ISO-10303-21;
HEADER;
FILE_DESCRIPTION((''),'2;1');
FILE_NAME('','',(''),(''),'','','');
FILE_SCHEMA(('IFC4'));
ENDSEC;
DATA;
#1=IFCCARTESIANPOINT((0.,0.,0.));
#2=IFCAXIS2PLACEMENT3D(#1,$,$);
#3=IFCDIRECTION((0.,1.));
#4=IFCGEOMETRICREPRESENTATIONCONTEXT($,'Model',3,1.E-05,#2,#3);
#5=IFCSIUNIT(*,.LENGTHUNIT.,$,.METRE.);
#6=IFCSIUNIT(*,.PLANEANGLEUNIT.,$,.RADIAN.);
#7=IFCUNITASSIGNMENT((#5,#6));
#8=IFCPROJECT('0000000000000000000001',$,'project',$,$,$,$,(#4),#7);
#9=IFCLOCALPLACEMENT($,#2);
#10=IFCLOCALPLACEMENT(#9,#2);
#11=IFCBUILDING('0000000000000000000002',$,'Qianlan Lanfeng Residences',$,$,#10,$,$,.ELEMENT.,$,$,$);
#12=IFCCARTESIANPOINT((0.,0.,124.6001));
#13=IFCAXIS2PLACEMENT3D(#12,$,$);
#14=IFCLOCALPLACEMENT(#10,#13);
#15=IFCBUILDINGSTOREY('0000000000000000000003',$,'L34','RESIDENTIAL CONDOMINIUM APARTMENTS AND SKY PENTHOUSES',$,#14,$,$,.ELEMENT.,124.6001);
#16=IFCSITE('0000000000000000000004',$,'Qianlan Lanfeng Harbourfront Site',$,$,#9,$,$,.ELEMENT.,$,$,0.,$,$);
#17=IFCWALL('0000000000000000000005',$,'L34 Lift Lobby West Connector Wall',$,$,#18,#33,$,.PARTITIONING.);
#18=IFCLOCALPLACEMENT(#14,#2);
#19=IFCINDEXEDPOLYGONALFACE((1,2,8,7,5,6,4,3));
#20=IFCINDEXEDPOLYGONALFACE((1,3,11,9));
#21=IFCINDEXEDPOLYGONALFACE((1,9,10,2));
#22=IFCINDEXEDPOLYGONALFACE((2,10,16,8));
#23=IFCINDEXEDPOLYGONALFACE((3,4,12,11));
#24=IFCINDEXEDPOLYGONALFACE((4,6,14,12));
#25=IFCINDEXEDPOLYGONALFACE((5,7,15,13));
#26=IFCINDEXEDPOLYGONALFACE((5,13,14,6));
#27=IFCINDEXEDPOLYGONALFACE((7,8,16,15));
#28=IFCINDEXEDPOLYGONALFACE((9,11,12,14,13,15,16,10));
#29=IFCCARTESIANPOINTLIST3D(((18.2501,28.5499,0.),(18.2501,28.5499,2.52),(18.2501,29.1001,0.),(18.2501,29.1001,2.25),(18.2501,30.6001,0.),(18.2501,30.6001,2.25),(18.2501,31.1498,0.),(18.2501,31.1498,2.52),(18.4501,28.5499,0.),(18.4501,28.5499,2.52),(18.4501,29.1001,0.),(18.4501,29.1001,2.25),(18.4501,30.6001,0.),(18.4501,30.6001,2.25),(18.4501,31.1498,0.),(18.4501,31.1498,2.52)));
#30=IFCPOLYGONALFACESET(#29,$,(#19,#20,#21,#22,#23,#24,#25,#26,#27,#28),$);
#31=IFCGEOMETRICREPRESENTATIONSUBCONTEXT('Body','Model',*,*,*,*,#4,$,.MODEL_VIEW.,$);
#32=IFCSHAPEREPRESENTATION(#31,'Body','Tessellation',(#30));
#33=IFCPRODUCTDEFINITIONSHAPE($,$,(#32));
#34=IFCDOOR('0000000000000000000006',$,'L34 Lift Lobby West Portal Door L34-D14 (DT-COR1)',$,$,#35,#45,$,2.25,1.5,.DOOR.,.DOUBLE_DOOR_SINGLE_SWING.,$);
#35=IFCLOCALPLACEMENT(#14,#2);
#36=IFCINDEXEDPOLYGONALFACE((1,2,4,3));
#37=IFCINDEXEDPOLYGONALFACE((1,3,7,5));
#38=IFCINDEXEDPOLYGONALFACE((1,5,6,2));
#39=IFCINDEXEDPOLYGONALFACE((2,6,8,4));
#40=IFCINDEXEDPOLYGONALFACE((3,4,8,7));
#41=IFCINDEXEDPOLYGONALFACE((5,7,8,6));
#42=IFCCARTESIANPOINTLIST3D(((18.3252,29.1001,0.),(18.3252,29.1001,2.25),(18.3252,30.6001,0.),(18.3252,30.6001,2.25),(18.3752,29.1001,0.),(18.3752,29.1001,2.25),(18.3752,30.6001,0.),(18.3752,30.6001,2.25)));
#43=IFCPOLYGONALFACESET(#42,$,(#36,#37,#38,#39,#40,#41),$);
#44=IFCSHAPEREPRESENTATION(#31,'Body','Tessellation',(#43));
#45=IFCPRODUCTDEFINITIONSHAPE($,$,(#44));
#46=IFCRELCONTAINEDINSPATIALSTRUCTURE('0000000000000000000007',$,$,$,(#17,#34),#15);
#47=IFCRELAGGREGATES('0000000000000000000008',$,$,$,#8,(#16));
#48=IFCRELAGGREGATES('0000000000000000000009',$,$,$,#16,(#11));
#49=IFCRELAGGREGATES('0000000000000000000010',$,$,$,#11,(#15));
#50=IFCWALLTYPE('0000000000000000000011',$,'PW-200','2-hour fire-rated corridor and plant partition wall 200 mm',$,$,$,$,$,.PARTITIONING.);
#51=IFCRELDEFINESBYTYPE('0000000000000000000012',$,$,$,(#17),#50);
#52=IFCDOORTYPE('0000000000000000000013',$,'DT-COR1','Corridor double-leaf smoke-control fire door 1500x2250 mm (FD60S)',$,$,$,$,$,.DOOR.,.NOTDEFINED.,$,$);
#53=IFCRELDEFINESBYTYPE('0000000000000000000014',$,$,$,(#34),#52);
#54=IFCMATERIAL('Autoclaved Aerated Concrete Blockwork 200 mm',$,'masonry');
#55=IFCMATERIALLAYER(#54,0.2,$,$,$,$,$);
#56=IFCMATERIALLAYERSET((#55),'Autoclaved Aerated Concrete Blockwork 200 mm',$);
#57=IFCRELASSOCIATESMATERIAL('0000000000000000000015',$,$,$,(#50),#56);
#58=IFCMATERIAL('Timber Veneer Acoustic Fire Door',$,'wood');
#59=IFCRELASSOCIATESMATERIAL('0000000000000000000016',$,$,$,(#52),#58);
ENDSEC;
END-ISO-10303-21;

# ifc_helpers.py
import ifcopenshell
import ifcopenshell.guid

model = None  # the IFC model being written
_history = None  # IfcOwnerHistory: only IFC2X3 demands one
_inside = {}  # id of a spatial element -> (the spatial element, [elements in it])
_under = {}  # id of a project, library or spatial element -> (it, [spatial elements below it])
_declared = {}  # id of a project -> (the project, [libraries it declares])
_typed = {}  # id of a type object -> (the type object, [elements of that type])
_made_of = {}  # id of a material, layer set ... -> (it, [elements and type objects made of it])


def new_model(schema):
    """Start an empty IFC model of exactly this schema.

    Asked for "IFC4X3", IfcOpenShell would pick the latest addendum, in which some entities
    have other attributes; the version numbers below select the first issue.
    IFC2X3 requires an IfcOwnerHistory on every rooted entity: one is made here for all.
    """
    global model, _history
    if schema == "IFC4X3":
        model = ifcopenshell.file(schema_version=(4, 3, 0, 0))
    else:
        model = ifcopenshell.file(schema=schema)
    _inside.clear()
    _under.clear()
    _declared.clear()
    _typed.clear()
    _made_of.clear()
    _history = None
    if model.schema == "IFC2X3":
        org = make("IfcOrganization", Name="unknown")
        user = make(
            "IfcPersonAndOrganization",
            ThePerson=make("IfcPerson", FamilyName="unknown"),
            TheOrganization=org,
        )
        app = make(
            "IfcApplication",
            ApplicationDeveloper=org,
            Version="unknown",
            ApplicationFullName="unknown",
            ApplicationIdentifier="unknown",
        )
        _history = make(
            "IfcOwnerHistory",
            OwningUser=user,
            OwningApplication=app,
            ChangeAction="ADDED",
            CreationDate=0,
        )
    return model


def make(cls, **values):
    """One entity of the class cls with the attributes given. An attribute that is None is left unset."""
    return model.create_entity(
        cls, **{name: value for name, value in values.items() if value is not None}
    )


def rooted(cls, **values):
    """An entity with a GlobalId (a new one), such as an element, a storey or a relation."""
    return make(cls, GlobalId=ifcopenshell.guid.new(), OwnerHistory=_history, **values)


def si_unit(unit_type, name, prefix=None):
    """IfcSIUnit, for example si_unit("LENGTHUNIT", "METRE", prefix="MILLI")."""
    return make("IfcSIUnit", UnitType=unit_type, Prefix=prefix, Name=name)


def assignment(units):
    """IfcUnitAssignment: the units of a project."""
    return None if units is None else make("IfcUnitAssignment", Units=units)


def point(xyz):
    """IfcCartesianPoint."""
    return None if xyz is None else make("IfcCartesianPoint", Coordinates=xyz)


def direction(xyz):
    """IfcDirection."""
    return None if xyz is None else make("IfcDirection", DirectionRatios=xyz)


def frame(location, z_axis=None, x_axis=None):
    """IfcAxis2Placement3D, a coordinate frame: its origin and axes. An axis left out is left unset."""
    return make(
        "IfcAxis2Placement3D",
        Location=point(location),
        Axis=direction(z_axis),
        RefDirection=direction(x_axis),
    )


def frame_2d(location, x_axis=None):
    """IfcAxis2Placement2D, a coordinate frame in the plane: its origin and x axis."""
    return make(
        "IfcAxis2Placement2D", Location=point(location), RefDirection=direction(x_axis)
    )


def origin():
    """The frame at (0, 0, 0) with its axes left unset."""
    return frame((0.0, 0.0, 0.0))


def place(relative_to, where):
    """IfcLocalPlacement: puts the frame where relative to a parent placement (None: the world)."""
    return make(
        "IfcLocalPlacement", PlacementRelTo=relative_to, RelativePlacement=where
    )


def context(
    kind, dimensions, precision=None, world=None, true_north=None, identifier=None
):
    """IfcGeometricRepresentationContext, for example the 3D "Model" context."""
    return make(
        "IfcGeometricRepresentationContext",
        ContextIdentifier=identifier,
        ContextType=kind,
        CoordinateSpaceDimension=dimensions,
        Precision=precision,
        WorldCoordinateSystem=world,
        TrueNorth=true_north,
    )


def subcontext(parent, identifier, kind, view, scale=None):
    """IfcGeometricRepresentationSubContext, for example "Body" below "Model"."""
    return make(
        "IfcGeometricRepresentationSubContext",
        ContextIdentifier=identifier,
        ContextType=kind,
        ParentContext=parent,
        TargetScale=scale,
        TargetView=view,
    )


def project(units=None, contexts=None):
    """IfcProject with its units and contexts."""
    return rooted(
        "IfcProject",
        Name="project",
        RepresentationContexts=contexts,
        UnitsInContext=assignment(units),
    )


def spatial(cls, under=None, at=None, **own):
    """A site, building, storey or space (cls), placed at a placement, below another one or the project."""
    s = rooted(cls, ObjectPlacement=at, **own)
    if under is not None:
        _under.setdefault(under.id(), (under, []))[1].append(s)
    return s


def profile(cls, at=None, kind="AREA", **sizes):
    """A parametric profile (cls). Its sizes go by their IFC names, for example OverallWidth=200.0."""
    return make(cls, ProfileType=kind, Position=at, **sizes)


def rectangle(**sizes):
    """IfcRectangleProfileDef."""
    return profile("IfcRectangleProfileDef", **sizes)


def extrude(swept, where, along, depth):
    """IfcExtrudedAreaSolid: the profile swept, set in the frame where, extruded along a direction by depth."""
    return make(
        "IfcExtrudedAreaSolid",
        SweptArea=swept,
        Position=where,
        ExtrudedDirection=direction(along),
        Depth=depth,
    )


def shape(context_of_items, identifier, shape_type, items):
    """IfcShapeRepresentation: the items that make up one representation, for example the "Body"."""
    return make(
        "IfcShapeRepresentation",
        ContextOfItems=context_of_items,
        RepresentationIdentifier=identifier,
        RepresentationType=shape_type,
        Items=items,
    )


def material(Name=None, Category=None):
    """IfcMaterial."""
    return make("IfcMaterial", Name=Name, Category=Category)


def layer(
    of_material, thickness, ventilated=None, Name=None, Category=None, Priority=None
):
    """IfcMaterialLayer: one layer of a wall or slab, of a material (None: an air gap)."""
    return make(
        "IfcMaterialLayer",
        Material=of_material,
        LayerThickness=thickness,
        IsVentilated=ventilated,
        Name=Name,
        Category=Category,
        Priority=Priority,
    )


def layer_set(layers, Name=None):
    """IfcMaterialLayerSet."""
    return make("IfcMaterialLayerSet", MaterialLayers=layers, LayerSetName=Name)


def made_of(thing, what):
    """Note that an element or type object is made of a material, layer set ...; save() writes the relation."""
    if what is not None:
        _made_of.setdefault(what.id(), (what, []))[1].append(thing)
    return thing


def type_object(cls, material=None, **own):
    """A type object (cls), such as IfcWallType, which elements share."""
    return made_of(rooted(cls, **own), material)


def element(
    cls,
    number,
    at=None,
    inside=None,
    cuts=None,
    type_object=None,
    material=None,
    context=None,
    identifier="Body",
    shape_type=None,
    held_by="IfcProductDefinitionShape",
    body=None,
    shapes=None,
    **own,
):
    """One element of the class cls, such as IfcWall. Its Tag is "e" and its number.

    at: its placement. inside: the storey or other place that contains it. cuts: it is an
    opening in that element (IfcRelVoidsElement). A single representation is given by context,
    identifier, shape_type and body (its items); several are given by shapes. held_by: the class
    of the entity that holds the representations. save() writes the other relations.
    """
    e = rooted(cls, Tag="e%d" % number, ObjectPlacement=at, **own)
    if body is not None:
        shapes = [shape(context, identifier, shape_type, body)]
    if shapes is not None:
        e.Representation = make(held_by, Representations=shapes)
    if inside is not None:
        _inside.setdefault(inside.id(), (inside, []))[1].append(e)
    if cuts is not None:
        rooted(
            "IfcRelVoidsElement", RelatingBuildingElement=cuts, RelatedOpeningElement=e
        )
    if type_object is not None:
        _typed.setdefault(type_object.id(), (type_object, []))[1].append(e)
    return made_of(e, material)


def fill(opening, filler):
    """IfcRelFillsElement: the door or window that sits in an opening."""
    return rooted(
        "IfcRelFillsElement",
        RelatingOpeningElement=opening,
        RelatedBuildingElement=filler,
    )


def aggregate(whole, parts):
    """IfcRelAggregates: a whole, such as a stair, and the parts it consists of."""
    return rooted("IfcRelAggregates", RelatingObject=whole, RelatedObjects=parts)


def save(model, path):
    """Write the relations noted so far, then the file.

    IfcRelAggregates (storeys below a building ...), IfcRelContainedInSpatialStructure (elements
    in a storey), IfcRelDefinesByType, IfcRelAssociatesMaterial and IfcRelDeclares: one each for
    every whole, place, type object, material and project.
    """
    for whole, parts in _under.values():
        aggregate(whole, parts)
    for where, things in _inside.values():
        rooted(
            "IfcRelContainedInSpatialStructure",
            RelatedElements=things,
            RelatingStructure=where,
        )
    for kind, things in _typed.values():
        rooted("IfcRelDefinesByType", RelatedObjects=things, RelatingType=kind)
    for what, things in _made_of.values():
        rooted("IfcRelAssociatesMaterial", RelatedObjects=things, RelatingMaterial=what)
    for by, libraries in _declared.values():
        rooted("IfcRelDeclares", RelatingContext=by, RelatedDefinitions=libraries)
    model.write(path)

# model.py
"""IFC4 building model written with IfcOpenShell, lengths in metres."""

from ifc_helpers import new_model, si_unit, direction, frame, frame_2d, origin, place, context, subcontext, project, spatial, rectangle, extrude, material, layer, layer_set, type_object, element, fill, save


model = new_model("IFC4")

# Units and contexts
model_context = context("Model", 3, precision=1e-05, world=origin(), true_north=direction((0.0, 1.0)))
body_context = subcontext(model_context, "Body", "Model", "MODEL_VIEW")
ifc_project = project(units=[si_unit("LENGTHUNIT", "METRE"), si_unit("PLANEANGLEUNIT", "RADIAN")], contexts=[model_context])

# Site, building, storey
site_placement = place(None, origin())
site = spatial("IfcSite", under=ifc_project, at=site_placement, Name="Qianlan Lanfeng Harbourfront Site", CompositionType="ELEMENT", RefElevation=0.0)
building_placement = place(site_placement, origin())
building = spatial("IfcBuilding", under=site, at=building_placement, Name="Qianlan Lanfeng Residences", CompositionType="ELEMENT")
storey_placement = place(building_placement, frame((0.0, 0.0, 124.6001)))
storey = spatial("IfcBuildingStorey", under=building, at=storey_placement, Name="L34", Description="RESIDENTIAL CONDOMINIUM APARTMENTS AND SKY PENTHOUSES", CompositionType="ELEMENT", Elevation=124.6001)

# Wall, opening, door
ifc_material_1 = material(Name="Autoclaved Aerated Concrete Blockwork 200 mm", Category="masonry")
ifc_layer_1 = layer(ifc_material_1, 0.2)
ifc_layer_set_1 = layer_set([ifc_layer_1], Name="Autoclaved Aerated Concrete Blockwork 200 mm")
wall_type_1 = type_object("IfcWallType", Name="PW-200", Description="2-hour fire-rated corridor and plant partition wall 200 mm", PredefinedType="PARTITIONING", material=ifc_layer_set_1)
wall_1_placement = place(storey_placement, frame((18.3501, 28.55, 0.0), z_axis=(0.0, 0.0, 1.0), x_axis=(0.0, 1.0, 0.0)))
wall_1 = element("IfcWall", 1, at=wall_1_placement, inside=storey, type_object=wall_type_1, Name="L34 Lift Lobby West Connector Wall", PredefinedType="PARTITIONING", context=body_context, shape_type="SweptSolid", body=[
    extrude(rectangle(XDim=2.5999, YDim=0.2, at=frame_2d((1.2998, 0.0))), origin(), (0.0, 0.0, 1.0), 2.52),
])
opening_1_placement = place(wall_1_placement, frame((0.55, 0.0, 0.0)))
opening_1 = element("IfcOpeningElement", 2, at=opening_1_placement, cuts=wall_1, PredefinedType="OPENING", context=body_context, shape_type="SweptSolid", body=[
    extrude(rectangle(XDim=1.5, YDim=2.25, at=frame_2d((0.75, 1.125))), frame((0.0, 0.1099, 0.0), z_axis=(0.0, -1.0, 0.0), x_axis=(1.0, 0.0, 0.0)), (0.0, 0.0, 1.0), 0.22),
])
ifc_material_2 = material(Name="Timber Veneer Acoustic Fire Door", Category="wood")
door_type_1 = type_object("IfcDoorType", Name="DT-COR1", Description="Corridor double-leaf smoke-control fire door 1500x2250 mm (FD60S)", OperationType="NOTDEFINED", PredefinedType="DOOR", material=ifc_material_2)
door_1_placement = place(opening_1_placement, origin())
door_1 = element("IfcDoor", 3, at=door_1_placement, inside=storey, type_object=door_type_1, Name="L34 Lift Lobby West Portal Door L34-D14 (DT-COR1)", OperationType="DOUBLE_DOOR_SINGLE_SWING", OverallHeight=2.25, OverallWidth=1.5, PredefinedType="DOOR", context=body_context, shape_type="SweptSolid", body=[
    extrude(rectangle(XDim=1.5, YDim=2.25, at=frame_2d((0.75, 1.125))), frame((0.0, 0.0249, 0.0), z_axis=(0.0, -1.0, 0.0), x_axis=(1.0, 0.0, 0.0)), (0.0, 0.0, 1.0), 0.05),
])
fill(opening_1, door_1)

save(model, "model.ifc")
